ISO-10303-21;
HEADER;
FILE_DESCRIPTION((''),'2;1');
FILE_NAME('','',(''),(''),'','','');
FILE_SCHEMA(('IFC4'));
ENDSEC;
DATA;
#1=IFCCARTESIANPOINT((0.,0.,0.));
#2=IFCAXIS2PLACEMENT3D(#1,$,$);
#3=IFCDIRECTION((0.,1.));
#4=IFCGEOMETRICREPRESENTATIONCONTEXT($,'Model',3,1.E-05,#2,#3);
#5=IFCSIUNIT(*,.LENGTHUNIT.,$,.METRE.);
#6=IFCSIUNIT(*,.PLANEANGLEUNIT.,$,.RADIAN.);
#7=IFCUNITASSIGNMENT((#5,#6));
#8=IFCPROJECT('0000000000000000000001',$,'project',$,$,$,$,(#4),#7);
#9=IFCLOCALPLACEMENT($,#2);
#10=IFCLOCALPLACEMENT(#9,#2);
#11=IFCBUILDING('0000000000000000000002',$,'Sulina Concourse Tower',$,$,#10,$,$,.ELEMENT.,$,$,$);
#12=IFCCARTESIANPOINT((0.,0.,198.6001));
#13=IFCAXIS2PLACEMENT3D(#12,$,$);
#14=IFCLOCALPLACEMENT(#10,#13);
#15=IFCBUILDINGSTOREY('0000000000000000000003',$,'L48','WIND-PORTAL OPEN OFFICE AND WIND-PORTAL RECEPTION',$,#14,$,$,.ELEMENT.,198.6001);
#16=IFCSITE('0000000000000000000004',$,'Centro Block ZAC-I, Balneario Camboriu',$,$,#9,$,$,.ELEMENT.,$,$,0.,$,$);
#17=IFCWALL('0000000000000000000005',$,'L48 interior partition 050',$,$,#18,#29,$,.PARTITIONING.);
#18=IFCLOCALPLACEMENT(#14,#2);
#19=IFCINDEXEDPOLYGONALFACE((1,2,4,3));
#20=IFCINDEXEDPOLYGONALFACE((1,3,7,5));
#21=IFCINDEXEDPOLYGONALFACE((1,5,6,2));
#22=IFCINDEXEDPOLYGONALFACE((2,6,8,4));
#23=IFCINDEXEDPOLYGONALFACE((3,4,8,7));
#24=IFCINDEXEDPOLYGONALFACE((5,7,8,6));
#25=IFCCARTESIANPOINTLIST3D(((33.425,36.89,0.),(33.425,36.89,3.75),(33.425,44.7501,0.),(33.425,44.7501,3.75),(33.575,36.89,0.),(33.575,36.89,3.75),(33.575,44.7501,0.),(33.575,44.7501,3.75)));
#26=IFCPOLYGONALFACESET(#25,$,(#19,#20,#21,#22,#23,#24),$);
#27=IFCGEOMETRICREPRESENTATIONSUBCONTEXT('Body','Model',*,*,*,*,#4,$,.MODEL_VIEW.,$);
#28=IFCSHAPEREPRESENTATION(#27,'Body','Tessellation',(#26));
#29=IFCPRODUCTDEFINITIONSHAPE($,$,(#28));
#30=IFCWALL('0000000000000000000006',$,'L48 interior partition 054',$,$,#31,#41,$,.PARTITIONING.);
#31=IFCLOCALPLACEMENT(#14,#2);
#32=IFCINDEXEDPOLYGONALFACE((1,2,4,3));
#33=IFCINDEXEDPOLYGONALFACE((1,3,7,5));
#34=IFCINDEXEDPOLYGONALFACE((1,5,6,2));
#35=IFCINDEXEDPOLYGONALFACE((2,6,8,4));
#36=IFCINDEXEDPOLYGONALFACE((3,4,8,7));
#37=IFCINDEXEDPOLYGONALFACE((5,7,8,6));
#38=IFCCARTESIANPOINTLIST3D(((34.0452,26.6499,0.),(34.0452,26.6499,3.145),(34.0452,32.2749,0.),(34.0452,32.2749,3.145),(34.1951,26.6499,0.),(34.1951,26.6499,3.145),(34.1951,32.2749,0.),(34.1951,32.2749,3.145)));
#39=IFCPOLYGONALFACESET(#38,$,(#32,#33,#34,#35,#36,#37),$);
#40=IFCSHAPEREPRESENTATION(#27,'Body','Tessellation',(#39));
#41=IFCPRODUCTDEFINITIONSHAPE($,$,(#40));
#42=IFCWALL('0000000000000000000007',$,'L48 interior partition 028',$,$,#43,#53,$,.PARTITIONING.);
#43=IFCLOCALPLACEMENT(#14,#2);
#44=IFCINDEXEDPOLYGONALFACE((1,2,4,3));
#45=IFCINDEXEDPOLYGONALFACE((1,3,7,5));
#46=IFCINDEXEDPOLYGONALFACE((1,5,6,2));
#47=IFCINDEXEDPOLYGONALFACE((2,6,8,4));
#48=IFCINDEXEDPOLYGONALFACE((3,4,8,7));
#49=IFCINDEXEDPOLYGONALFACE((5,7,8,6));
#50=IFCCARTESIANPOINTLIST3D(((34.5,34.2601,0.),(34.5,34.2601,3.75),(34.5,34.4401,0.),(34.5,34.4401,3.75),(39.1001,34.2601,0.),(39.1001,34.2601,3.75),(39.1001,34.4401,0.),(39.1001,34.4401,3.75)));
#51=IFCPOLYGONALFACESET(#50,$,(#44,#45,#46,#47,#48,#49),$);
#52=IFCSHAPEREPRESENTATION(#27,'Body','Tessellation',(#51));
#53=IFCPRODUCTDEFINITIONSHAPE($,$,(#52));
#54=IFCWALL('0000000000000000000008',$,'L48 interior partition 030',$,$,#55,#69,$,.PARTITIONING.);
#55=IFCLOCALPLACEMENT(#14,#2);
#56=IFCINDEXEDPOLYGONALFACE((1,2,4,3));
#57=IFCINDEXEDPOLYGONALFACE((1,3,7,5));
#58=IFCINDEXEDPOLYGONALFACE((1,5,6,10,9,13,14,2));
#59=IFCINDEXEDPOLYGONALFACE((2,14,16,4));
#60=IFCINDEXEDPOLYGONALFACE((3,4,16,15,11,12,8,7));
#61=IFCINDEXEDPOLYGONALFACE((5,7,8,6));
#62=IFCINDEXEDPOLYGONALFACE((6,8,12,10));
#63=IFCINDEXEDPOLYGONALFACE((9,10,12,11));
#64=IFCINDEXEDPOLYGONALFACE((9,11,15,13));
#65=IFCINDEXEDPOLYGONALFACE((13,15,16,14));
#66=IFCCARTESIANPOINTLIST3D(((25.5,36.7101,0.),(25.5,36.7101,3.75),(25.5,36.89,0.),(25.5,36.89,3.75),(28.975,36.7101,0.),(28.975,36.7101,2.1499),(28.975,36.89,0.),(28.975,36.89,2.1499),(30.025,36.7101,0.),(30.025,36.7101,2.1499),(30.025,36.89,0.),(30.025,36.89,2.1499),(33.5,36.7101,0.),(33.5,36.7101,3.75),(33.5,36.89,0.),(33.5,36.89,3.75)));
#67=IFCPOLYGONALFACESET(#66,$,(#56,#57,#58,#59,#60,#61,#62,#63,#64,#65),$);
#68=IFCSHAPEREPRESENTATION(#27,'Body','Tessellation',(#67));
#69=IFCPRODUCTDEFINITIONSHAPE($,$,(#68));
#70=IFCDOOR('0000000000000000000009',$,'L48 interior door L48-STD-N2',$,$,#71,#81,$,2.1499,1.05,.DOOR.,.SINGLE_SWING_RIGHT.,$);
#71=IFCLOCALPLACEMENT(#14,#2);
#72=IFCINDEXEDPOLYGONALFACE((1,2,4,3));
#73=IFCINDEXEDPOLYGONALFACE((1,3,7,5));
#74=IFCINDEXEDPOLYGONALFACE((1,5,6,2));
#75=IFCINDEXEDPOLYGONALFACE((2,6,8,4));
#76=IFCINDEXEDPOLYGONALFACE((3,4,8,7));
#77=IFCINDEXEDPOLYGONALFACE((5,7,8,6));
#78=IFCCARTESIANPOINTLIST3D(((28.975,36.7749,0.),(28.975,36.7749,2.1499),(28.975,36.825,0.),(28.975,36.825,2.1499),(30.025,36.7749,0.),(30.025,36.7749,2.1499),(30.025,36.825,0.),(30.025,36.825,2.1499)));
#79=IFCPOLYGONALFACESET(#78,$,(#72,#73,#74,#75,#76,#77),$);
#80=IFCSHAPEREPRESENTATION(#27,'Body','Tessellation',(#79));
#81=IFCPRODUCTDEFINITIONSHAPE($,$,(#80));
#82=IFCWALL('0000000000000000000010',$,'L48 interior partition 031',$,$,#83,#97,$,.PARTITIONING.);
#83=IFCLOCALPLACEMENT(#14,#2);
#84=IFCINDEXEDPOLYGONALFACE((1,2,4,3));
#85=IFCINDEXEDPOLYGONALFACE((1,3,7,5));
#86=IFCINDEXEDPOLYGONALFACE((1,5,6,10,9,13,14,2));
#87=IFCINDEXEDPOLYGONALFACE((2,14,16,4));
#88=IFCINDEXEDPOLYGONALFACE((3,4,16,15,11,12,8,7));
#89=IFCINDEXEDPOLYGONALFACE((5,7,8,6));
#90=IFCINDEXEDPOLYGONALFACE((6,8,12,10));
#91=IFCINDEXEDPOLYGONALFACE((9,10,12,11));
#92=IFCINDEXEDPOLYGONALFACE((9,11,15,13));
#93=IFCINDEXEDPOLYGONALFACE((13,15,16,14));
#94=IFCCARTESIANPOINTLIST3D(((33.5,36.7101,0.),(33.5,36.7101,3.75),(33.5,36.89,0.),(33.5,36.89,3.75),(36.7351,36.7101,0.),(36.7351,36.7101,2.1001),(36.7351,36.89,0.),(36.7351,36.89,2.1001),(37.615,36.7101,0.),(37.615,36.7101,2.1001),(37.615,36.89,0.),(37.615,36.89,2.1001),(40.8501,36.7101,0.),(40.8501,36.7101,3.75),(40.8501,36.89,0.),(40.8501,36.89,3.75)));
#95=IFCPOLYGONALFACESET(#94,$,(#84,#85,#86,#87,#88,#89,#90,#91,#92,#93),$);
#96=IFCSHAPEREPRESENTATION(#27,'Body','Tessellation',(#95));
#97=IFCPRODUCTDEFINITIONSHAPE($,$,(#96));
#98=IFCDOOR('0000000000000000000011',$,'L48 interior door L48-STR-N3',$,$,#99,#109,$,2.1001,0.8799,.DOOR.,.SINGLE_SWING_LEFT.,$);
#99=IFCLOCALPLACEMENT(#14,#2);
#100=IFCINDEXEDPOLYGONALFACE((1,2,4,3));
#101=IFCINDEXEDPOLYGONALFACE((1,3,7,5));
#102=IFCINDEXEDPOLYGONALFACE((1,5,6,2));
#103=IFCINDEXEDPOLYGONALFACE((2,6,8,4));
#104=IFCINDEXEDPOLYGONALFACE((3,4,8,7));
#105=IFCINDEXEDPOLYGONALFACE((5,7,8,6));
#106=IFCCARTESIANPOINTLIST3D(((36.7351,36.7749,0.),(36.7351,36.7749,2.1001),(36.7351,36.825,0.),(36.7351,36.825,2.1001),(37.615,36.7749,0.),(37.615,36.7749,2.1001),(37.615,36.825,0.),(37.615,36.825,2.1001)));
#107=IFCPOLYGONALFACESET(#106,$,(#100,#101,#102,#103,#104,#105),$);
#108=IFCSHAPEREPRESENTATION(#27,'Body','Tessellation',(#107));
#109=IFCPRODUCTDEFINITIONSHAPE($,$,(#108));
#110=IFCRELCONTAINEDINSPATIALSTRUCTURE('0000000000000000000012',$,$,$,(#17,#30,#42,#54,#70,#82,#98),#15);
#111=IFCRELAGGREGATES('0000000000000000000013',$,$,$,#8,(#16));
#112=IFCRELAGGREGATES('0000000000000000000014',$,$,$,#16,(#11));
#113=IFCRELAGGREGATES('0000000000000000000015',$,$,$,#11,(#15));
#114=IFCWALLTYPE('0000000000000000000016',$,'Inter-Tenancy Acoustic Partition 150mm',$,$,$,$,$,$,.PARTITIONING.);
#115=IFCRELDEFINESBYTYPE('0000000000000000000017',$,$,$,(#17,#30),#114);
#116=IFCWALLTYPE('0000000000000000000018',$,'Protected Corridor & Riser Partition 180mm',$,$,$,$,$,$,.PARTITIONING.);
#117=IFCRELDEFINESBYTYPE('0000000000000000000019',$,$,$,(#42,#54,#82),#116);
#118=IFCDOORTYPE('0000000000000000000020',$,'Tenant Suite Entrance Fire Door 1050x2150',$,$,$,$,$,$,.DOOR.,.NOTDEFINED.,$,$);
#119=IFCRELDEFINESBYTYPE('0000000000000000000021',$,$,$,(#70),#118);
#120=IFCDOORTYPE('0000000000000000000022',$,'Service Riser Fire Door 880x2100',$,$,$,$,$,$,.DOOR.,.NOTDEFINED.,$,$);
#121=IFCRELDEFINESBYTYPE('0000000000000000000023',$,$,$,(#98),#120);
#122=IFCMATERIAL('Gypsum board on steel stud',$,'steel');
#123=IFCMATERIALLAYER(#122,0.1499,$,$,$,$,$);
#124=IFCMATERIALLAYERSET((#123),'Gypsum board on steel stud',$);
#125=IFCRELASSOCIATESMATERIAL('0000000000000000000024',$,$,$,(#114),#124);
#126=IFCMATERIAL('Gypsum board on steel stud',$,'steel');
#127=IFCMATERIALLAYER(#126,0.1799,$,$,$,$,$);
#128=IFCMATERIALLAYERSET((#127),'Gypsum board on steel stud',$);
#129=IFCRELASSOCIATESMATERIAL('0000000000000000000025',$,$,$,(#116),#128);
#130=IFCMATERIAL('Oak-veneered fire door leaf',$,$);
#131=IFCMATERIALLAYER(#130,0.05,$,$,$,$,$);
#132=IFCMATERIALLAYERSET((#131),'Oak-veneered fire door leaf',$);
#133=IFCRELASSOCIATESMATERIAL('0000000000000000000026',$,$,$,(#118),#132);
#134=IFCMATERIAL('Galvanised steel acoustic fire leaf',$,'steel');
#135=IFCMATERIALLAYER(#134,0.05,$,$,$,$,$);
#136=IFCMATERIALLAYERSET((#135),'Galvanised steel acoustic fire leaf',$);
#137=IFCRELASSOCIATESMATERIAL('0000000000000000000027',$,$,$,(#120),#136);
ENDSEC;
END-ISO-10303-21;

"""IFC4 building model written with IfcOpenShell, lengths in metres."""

from ifc_helpers import new_model, si_unit, direction, frame, frame_2d, origin, place, context, subcontext, project, spatial, rectangle, extrude, material, layer, layer_set, type_object, element, fill, save


model = new_model("IFC4")

# Units and contexts
model_context = context("Model", 3, precision=1e-05, world=origin(), true_north=direction((0.0, 1.0)))
body_context = subcontext(model_context, "Body", "Model", "MODEL_VIEW")
ifc_project = project(units=[si_unit("LENGTHUNIT", "METRE"), si_unit("PLANEANGLEUNIT", "RADIAN")], contexts=[model_context])

# Site, building, storey
site_placement = place(None, origin())
site = spatial("IfcSite", under=ifc_project, at=site_placement, Name="Centro Block ZAC-I, Balneario Camboriu", CompositionType="ELEMENT", RefElevation=0.0)
building_placement = place(site_placement, origin())
building = spatial("IfcBuilding", under=site, at=building_placement, Name="Sulina Concourse Tower", CompositionType="ELEMENT")
storey_placement = place(building_placement, frame((0.0, 0.0, 198.6001)))
storey = spatial("IfcBuildingStorey", under=building, at=storey_placement, Name="L48", Description="WIND-PORTAL OPEN OFFICE AND WIND-PORTAL RECEPTION", CompositionType="ELEMENT", Elevation=198.6001)

# Walls
ifc_material_1 = material(Name="Gypsum board on steel stud", Category="steel")
ifc_layer_1 = layer(ifc_material_1, 0.1499)
ifc_layer_set_1 = layer_set([ifc_layer_1], Name="Gypsum board on steel stud")
wall_type_1 = type_object("IfcWallType", Name="Inter-Tenancy Acoustic Partition 150mm", PredefinedType="PARTITIONING", material=ifc_layer_set_1)
wall_1_placement = place(storey_placement, frame((33.5, 36.8899, 0.0), z_axis=(0.0, 0.0, 1.0), x_axis=(0.0, 1.0, 0.0)))
element("IfcWall", 1, at=wall_1_placement, inside=storey, type_object=wall_type_1, Name="L48 interior partition 050", PredefinedType="PARTITIONING", context=body_context, shape_type="SweptSolid", body=[
    extrude(rectangle(XDim=7.8601, YDim=0.1499, at=frame_2d((3.9302, 0.0))), origin(), (0.0, 0.0, 1.0), 3.75),
])
wall_2_placement = place(storey_placement, frame((34.1201, 26.6499, 0.0), z_axis=(0.0, 0.0, 1.0), x_axis=(0.0, 1.0, 0.0)))
element("IfcWall", 2, at=wall_2_placement, inside=storey, type_object=wall_type_1, Name="L48 interior partition 054", PredefinedType="PARTITIONING", context=body_context, shape_type="SweptSolid", body=[
    extrude(rectangle(XDim=5.625, YDim=0.1499, at=frame_2d((2.8125, 0.0))), origin(), (0.0, 0.0, 1.0), 3.145),
])
ifc_material_2 = material(Name="Gypsum board on steel stud", Category="steel")
ifc_layer_2 = layer(ifc_material_2, 0.1799)
ifc_layer_set_2 = layer_set([ifc_layer_2], Name="Gypsum board on steel stud")
wall_type_2 = type_object("IfcWallType", Name="Protected Corridor & Riser Partition 180mm", PredefinedType="PARTITIONING", material=ifc_layer_set_2)
wall_3_placement = place(storey_placement, frame((34.5, 34.3501, 0.0), z_axis=(0.0, 0.0, 1.0), x_axis=(1.0, 0.0, 0.0)))
element("IfcWall", 3, at=wall_3_placement, inside=storey, type_object=wall_type_2, Name="L48 interior partition 028", PredefinedType="PARTITIONING", context=body_context, shape_type="SweptSolid", body=[
    extrude(rectangle(XDim=4.6001, YDim=0.1799, at=frame_2d((2.3, 0.0))), origin(), (0.0, 0.0, 1.0), 3.75),
])

# Walls, openings, doors
wall_4_placement = place(storey_placement, frame((25.5, 36.8, 0.0), z_axis=(0.0, 0.0, 1.0), x_axis=(1.0, 0.0, 0.0)))
wall_4 = element("IfcWall", 4, at=wall_4_placement, inside=storey, type_object=wall_type_2, Name="L48 interior partition 030", PredefinedType="PARTITIONING", context=body_context, shape_type="SweptSolid", body=[
    extrude(rectangle(XDim=8.0, YDim=0.1799, at=frame_2d((4.0, 0.0))), origin(), (0.0, 0.0, 1.0), 3.75),
])
opening_1_placement = place(wall_4_placement, frame((3.4751, 0.0, 0.0)))
opening_1 = element("IfcOpeningElement", 5, at=opening_1_placement, cuts=wall_4, PredefinedType="OPENING", context=body_context, shape_type="SweptSolid", body=[
    extrude(rectangle(XDim=1.05, YDim=2.1499, at=frame_2d((0.5249, 1.075))), frame((0.0, 0.0999, 0.0), z_axis=(0.0, -1.0, 0.0), x_axis=(1.0, 0.0, 0.0)), (0.0, 0.0, 1.0), 0.2),
])
ifc_material_3 = material(Name="Oak-veneered fire door leaf")
ifc_layer_3 = layer(ifc_material_3, 0.05)
ifc_layer_set_3 = layer_set([ifc_layer_3], Name="Oak-veneered fire door leaf")
door_type_1 = type_object("IfcDoorType", Name="Tenant Suite Entrance Fire Door 1050x2150", OperationType="NOTDEFINED", PredefinedType="DOOR", material=ifc_layer_set_3)
door_1_placement = place(opening_1_placement, origin())
door_1 = element("IfcDoor", 6, at=door_1_placement, inside=storey, type_object=door_type_1, Name="L48 interior door L48-STD-N2", OperationType="SINGLE_SWING_RIGHT", OverallHeight=2.1499, OverallWidth=1.05, PredefinedType="DOOR", context=body_context, shape_type="SweptSolid", body=[
    extrude(rectangle(XDim=1.05, YDim=2.1499, at=frame_2d((0.5249, 1.075))), frame((0.0, 0.0249, 0.0), z_axis=(0.0, -1.0, 0.0), x_axis=(1.0, 0.0, 0.0)), (0.0, 0.0, 1.0), 0.05),
])
fill(opening_1, door_1)
wall_5_placement = place(storey_placement, frame((33.5, 36.8, 0.0), z_axis=(0.0, 0.0, 1.0), x_axis=(1.0, 0.0, 0.0)))
wall_5 = element("IfcWall", 7, at=wall_5_placement, inside=storey, type_object=wall_type_2, Name="L48 interior partition 031", PredefinedType="PARTITIONING", context=body_context, shape_type="SweptSolid", body=[
    extrude(rectangle(XDim=7.3501, YDim=0.1799, at=frame_2d((3.675, 0.0))), origin(), (0.0, 0.0, 1.0), 3.75),
])
opening_2_placement = place(wall_5_placement, frame((3.2351, 0.0, 0.0)))
opening_2 = element("IfcOpeningElement", 8, at=opening_2_placement, cuts=wall_5, PredefinedType="OPENING", context=body_context, shape_type="SweptSolid", body=[
    extrude(rectangle(XDim=0.8799, YDim=2.1001, at=frame_2d((0.4399, 1.05))), frame((0.0, 0.0999, 0.0), z_axis=(0.0, -1.0, 0.0), x_axis=(1.0, 0.0, 0.0)), (0.0, 0.0, 1.0), 0.2),
])
ifc_material_4 = material(Name="Galvanised steel acoustic fire leaf", Category="steel")
ifc_layer_4 = layer(ifc_material_4, 0.05)
ifc_layer_set_4 = layer_set([ifc_layer_4], Name="Galvanised steel acoustic fire leaf")
door_type_2 = type_object("IfcDoorType", Name="Service Riser Fire Door 880x2100", OperationType="NOTDEFINED", PredefinedType="DOOR", material=ifc_layer_set_4)
door_2_placement = place(opening_2_placement, origin())
door_2 = element("IfcDoor", 9, at=door_2_placement, inside=storey, type_object=door_type_2, Name="L48 interior door L48-STR-N3", OperationType="SINGLE_SWING_LEFT", OverallHeight=2.1001, OverallWidth=0.8799, PredefinedType="DOOR", context=body_context, shape_type="SweptSolid", body=[
    extrude(rectangle(XDim=0.8799, YDim=2.1001, at=frame_2d((0.4399, 1.05))), frame((0.0, 0.0249, 0.0), z_axis=(0.0, -1.0, 0.0), x_axis=(1.0, 0.0, 0.0)), (0.0, 0.0, 1.0), 0.05),
])
fill(opening_2, door_2)

save(model, "model.ifc")
